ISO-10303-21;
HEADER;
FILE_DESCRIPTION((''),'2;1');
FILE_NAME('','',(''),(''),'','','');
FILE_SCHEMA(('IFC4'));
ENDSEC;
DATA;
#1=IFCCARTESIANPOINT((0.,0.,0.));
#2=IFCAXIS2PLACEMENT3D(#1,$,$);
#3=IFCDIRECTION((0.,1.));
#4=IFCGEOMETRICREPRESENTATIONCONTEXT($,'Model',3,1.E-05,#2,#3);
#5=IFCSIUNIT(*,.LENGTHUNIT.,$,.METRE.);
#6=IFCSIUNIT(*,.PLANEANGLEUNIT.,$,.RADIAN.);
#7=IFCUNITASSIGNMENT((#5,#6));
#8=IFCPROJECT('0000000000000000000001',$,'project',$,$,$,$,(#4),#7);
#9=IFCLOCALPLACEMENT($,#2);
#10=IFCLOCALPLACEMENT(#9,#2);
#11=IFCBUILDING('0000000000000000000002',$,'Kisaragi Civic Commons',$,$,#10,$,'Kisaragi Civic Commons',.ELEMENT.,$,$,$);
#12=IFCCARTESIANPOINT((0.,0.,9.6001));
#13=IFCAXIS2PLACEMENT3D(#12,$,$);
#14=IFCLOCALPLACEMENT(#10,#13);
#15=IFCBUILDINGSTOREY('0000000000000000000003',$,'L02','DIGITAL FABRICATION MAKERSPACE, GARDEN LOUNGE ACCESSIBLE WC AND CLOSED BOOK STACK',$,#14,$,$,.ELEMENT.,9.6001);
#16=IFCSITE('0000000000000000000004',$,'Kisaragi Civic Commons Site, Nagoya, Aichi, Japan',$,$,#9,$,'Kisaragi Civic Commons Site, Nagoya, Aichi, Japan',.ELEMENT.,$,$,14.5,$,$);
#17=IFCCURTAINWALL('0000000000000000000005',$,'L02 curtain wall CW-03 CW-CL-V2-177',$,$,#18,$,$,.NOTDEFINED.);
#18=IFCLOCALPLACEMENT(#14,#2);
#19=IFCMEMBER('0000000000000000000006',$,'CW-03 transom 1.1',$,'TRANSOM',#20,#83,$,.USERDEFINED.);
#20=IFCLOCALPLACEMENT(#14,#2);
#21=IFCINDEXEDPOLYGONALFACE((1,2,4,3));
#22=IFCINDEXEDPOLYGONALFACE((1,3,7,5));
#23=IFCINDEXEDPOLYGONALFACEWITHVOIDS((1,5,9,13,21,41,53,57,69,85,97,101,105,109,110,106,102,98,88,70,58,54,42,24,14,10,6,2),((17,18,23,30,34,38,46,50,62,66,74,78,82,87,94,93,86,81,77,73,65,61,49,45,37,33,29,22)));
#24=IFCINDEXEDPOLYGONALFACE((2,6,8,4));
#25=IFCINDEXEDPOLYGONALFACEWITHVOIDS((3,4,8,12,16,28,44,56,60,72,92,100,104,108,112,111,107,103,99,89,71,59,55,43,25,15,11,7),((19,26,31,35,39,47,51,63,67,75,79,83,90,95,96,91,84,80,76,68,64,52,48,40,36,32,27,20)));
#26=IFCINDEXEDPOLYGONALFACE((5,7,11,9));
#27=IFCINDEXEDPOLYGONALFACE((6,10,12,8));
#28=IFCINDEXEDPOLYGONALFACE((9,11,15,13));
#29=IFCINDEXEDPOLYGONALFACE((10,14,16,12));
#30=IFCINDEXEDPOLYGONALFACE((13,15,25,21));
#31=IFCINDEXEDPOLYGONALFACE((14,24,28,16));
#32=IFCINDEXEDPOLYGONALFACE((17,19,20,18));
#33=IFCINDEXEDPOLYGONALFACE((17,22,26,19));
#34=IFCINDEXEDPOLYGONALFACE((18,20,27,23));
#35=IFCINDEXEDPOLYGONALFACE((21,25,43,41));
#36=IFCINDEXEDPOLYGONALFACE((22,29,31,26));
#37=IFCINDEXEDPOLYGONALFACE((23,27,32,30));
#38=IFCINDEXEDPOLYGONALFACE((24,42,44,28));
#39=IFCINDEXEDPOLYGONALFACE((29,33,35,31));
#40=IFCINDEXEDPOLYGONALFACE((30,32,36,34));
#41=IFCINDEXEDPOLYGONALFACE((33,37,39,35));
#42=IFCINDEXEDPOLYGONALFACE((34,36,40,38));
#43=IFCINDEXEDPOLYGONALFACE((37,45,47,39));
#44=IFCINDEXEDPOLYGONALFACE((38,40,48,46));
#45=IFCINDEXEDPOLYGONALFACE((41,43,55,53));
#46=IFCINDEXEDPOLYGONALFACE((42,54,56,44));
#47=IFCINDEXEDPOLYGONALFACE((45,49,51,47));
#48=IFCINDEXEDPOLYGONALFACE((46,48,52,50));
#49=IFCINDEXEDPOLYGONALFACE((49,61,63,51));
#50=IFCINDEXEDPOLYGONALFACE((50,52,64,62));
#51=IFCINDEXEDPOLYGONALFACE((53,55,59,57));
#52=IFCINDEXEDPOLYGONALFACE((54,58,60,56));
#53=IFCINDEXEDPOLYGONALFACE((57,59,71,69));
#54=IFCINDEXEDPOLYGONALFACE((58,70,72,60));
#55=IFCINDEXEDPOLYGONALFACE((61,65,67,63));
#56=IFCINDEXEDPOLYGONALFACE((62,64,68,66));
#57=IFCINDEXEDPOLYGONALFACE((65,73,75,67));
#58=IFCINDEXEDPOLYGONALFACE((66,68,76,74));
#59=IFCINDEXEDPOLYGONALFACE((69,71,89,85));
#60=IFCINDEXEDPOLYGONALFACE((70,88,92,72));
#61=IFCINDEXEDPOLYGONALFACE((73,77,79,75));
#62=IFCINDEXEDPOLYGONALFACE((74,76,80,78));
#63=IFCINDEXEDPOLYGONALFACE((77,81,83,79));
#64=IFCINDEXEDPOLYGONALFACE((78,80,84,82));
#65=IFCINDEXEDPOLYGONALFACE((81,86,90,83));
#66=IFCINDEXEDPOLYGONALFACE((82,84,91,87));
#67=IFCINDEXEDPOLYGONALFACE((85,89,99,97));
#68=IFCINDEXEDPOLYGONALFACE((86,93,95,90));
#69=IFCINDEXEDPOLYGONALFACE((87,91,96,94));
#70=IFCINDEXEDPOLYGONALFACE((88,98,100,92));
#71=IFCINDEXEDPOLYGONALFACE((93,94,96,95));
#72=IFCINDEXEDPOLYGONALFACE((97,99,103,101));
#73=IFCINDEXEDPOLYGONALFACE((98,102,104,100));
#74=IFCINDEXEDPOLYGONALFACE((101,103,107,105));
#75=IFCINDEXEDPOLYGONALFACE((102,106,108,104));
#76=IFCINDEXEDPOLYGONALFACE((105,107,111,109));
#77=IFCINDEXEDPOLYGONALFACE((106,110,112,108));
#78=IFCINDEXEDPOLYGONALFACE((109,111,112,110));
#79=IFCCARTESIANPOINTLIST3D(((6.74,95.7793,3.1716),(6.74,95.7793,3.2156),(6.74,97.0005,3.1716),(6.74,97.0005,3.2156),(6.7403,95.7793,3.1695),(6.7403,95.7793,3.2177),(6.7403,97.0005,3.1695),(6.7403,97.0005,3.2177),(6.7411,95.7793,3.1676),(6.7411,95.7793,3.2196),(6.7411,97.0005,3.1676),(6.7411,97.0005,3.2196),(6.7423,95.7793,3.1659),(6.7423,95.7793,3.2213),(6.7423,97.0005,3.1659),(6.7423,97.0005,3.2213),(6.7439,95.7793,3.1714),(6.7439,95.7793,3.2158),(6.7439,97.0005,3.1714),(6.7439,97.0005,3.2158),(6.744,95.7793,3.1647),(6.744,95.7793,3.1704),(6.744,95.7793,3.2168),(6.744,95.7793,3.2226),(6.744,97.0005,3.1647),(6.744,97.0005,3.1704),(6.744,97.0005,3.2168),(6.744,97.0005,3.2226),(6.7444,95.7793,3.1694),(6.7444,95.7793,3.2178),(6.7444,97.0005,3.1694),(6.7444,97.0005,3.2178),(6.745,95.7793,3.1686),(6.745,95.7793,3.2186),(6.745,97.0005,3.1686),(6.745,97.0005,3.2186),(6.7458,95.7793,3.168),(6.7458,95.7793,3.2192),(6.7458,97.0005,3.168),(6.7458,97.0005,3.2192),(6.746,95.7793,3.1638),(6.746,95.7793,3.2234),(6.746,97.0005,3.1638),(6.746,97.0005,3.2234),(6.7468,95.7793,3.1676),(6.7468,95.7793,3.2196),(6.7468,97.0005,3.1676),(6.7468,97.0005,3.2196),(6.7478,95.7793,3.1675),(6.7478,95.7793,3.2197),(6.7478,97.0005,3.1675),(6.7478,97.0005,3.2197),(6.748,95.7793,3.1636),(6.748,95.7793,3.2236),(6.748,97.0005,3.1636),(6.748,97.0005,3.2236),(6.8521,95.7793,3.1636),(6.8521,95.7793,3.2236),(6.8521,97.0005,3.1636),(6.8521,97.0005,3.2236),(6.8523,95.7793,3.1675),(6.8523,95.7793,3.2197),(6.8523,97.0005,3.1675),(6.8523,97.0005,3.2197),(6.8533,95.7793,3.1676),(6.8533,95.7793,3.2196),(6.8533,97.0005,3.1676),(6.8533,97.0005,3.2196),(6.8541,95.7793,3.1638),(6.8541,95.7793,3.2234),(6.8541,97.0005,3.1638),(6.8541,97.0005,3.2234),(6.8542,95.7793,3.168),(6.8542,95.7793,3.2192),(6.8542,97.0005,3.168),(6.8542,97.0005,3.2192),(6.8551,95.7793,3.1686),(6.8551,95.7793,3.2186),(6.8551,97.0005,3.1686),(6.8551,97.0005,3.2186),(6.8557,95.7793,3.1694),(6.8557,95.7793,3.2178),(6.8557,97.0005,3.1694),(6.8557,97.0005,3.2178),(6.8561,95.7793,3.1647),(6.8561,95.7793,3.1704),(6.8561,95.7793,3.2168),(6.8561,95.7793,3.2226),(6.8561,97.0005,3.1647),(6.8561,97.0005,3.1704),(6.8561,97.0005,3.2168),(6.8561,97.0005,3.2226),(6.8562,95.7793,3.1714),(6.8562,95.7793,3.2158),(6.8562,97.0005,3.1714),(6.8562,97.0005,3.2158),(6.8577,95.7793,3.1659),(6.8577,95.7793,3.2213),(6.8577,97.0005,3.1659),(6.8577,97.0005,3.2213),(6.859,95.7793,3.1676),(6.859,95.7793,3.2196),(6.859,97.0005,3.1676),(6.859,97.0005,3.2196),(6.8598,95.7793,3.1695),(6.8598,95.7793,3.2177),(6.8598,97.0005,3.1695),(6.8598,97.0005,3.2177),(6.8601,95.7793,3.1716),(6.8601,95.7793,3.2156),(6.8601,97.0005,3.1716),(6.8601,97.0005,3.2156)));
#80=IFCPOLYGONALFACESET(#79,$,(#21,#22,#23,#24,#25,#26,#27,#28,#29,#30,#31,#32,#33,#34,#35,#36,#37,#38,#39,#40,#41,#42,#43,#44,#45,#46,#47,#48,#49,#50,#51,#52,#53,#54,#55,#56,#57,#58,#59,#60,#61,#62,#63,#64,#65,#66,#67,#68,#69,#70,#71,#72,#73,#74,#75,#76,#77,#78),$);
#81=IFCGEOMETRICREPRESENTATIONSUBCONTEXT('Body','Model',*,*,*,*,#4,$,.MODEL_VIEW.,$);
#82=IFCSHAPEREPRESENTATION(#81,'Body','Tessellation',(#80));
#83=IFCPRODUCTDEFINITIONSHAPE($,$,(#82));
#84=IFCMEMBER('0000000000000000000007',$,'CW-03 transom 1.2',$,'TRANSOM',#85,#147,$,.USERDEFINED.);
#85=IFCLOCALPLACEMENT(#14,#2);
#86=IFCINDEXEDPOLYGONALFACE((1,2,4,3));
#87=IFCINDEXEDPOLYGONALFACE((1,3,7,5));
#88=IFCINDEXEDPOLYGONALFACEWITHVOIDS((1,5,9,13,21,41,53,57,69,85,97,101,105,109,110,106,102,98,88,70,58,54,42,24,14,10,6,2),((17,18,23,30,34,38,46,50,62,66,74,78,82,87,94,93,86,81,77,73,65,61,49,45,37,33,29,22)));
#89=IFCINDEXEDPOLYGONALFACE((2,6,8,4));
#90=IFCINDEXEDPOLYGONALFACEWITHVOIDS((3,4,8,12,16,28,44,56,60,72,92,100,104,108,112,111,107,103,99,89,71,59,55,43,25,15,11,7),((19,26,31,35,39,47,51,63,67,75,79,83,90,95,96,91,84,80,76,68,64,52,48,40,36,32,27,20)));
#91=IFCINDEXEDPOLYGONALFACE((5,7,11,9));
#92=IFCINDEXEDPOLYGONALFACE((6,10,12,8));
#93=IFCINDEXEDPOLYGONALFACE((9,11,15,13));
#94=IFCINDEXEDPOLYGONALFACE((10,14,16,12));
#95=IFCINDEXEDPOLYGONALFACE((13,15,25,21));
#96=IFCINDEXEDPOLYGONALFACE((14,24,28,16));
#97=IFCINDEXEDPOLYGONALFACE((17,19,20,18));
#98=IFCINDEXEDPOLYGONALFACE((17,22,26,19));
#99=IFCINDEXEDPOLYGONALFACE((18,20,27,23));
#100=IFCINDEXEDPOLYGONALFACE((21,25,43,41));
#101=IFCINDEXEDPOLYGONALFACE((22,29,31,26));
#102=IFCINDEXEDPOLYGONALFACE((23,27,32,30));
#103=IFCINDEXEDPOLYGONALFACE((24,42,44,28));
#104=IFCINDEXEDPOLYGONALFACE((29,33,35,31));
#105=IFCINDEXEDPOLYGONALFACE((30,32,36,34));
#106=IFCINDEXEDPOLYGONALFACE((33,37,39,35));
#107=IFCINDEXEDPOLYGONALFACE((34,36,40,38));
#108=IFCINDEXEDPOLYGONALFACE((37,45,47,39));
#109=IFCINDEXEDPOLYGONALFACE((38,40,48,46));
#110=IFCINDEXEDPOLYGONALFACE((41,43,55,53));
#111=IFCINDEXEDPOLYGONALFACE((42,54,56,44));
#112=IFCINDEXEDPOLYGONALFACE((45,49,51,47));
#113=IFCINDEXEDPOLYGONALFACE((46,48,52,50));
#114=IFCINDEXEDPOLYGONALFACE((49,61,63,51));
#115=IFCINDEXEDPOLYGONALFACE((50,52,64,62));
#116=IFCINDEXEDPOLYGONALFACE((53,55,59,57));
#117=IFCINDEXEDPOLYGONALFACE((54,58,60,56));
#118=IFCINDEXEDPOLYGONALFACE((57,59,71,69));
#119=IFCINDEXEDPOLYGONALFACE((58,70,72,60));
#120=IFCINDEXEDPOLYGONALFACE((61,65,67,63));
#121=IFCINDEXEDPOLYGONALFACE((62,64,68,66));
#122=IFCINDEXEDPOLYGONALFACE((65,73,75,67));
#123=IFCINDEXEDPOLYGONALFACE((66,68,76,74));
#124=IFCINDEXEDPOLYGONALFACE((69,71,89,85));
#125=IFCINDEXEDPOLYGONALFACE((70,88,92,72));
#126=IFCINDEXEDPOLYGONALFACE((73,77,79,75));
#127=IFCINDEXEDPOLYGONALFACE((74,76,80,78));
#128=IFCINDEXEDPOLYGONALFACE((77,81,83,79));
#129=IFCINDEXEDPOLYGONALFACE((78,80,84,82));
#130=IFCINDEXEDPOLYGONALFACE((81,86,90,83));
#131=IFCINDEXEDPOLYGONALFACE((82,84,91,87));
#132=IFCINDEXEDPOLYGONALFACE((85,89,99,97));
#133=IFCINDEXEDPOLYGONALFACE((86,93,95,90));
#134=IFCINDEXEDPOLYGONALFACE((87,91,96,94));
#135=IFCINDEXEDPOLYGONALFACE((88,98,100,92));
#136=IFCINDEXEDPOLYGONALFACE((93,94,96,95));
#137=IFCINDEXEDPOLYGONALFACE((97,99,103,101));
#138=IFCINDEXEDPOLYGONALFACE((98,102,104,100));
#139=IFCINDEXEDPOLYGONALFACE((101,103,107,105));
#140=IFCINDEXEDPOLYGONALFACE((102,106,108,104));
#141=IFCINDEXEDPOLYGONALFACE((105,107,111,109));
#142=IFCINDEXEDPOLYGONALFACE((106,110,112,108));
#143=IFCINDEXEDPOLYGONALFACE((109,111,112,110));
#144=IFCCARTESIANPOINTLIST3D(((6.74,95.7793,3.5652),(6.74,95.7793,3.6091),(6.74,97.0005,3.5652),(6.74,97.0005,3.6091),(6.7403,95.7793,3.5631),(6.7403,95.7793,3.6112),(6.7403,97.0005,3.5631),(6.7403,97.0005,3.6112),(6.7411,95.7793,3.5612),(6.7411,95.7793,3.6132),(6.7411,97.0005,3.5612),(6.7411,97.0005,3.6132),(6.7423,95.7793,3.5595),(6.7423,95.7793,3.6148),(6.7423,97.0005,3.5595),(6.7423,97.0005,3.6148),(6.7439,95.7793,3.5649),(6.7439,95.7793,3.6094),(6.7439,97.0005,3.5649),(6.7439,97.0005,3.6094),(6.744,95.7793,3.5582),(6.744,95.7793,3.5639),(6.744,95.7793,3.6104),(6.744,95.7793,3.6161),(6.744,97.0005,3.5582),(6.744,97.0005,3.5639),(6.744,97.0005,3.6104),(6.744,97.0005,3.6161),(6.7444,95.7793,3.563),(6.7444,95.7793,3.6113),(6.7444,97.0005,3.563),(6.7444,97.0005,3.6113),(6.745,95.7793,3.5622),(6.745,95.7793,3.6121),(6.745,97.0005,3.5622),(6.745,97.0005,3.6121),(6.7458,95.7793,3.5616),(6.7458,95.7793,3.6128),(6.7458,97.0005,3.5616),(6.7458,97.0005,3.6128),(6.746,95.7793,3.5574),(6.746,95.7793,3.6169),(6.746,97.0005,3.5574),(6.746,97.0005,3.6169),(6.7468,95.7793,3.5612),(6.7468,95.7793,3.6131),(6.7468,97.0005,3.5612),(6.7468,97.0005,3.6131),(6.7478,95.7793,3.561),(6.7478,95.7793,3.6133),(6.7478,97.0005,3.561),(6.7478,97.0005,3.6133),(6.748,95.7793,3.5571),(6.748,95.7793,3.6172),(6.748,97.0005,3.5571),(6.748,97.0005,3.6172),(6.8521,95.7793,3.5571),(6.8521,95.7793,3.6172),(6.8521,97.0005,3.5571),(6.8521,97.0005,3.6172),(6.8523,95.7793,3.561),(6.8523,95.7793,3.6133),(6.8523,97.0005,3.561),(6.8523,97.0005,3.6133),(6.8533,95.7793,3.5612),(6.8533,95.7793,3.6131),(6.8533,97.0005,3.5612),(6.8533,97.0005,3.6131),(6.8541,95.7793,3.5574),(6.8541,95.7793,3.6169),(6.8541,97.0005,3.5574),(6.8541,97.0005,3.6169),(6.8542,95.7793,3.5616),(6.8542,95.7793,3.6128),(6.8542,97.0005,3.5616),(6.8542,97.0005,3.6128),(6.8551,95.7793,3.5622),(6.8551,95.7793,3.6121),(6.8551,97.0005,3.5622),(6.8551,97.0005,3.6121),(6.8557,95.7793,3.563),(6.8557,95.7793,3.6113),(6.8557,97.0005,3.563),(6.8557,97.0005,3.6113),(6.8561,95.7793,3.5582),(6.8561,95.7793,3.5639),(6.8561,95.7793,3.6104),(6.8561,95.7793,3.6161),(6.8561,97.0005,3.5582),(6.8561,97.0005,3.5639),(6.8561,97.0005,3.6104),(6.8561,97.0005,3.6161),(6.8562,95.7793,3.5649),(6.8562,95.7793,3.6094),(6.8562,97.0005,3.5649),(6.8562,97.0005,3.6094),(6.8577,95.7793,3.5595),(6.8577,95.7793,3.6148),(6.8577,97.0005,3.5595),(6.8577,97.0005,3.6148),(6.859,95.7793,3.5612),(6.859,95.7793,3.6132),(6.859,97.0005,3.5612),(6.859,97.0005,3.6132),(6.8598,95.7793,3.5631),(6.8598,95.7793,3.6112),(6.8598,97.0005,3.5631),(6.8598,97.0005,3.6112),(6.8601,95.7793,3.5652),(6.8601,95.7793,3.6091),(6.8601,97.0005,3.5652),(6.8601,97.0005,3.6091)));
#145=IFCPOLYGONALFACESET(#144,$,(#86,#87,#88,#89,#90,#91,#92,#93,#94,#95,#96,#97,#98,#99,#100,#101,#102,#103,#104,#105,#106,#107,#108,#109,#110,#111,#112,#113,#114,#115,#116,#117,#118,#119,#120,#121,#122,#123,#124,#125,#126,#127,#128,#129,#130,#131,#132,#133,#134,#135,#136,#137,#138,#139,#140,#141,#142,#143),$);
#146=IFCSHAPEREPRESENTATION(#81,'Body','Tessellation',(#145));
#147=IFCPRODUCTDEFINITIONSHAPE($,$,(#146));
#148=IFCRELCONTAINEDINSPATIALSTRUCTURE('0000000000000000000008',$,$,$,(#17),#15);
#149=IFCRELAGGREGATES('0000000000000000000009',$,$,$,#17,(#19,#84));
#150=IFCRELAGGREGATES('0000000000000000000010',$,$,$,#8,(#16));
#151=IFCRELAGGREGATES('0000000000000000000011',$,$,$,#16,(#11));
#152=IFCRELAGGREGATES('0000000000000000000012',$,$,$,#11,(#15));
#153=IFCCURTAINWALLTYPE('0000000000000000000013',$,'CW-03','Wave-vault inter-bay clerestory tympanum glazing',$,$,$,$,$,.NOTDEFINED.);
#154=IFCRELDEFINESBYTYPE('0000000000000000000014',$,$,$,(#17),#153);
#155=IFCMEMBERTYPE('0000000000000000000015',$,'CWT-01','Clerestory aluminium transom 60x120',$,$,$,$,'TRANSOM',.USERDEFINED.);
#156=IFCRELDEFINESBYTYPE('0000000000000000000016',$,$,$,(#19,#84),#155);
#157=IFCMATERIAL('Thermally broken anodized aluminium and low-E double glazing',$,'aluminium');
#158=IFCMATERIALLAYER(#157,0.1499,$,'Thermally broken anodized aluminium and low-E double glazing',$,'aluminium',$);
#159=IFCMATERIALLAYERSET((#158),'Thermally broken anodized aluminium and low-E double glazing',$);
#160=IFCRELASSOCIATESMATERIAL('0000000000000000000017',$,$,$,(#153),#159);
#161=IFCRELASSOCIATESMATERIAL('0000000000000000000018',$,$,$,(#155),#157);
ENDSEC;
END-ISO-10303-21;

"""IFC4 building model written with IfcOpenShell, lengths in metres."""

from ifc_helpers import new_model, si_unit, direction, frame, origin, origin_2d, place, context, subcontext, project, spatial, hollow_rectangle, extrude, material, layer, layer_set, material_profile, profile_set, type_object, element, aggregate, save


model = new_model("IFC4")

# Units and contexts
model_context = context("Model", 3, precision=1e-05, world=origin(), true_north=direction((0.0, 1.0)))
body_context = subcontext(model_context, "Body", "Model", "MODEL_VIEW")
ifc_project = project(units=[si_unit("LENGTHUNIT", "METRE"), si_unit("PLANEANGLEUNIT", "RADIAN")], contexts=[model_context])

# Site, building, storey
site_placement = place(None, origin())
site = spatial("IfcSite", under=ifc_project, at=site_placement, Name="Kisaragi Civic Commons Site, Nagoya, Aichi, Japan", LongName="Kisaragi Civic Commons Site, Nagoya, Aichi, Japan", CompositionType="ELEMENT", RefElevation=14.5)
building_placement = place(site_placement, origin())
building = spatial("IfcBuilding", under=site, at=building_placement, Name="Kisaragi Civic Commons", LongName="Kisaragi Civic Commons", CompositionType="ELEMENT")
storey_placement = place(building_placement, frame((0.0, 0.0, 9.6001)))
storey = spatial("IfcBuildingStorey", under=building, at=storey_placement, Name="L02", Description="DIGITAL FABRICATION MAKERSPACE, GARDEN LOUNGE ACCESSIBLE WC AND CLOSED BOOK STACK", CompositionType="ELEMENT", Elevation=9.6001)

# Shared definitions
ifc_material_1 = material(Name="Thermally broken anodized aluminium and low-E double glazing", Category="aluminium")
ifc_layer_1 = layer(ifc_material_1, 0.1499, Name="Thermally broken anodized aluminium and low-E double glazing", Category="aluminium")
ifc_layer_set_1 = layer_set([ifc_layer_1], Name="Thermally broken anodized aluminium and low-E double glazing")
curtain_wall_type = type_object("IfcCurtainWallType", Name="CW-03", Description="Wave-vault inter-bay clerestory tympanum glazing", PredefinedType="NOTDEFINED", material=ifc_layer_set_1)

# Curtain wall
curtain_wall_1_placement = place(storey_placement, origin())
curtain_wall_1 = element("IfcCurtainWall", 1, at=curtain_wall_1_placement, inside=storey, type_object=curtain_wall_type, Name="L02 curtain wall CW-03 CW-CL-V2-177", PredefinedType="NOTDEFINED")

# Members
ifc_material_profile_1 = material_profile(ifc_material_1, hollow_rectangle(XDim=0.1201, YDim=0.0601, WallThickness=0.0039, InnerFilletRadius=0.0039, OuterFilletRadius=0.0081, at=origin_2d()), Name="CWT-60x120x4", Category="aluminium")
ifc_profile_set_1 = profile_set([ifc_material_profile_1], Name="Thermally broken anodized aluminium and low-E double glazing")
member_type_1 = type_object("IfcMemberType", Name="CWT-01", Description="Clerestory aluminium transom 60x120", ElementType="TRANSOM", PredefinedType="USERDEFINED", material=ifc_profile_set_1)
member_1_placement = place(storey_placement, frame((6.8, 95.7793, 3.1936), z_axis=(0.0, 1.0, 0.0), x_axis=(-1.0, 0.0, 0.0)))
member_1 = element("IfcMember", 2, at=member_1_placement, type_object=member_type_1, Name="CW-03 transom 1.1", ObjectType="TRANSOM", PredefinedType="USERDEFINED", context=body_context, shape_type="SweptSolid", body=[
    extrude(hollow_rectangle(XDim=0.1201, YDim=0.0601, WallThickness=0.0039, InnerFilletRadius=0.0039, OuterFilletRadius=0.0081, at=origin_2d()), origin(), (0.0, 0.0, 1.0), 1.2212),
])
member_2_placement = place(storey_placement, frame((6.8, 95.7793, 3.5872), z_axis=(0.0, 1.0, 0.0), x_axis=(-1.0, 0.0, 0.0)))
member_2 = element("IfcMember", 3, at=member_2_placement, type_object=member_type_1, Name="CW-03 transom 1.2", ObjectType="TRANSOM", PredefinedType="USERDEFINED", context=body_context, shape_type="SweptSolid", body=[
    extrude(hollow_rectangle(XDim=0.1201, YDim=0.0601, WallThickness=0.0039, InnerFilletRadius=0.0039, OuterFilletRadius=0.0081, at=origin_2d()), origin(), (0.0, 0.0, 1.0), 1.2212),
])
aggregate(curtain_wall_1, [member_1, member_2])

save(model, "model.ifc")
